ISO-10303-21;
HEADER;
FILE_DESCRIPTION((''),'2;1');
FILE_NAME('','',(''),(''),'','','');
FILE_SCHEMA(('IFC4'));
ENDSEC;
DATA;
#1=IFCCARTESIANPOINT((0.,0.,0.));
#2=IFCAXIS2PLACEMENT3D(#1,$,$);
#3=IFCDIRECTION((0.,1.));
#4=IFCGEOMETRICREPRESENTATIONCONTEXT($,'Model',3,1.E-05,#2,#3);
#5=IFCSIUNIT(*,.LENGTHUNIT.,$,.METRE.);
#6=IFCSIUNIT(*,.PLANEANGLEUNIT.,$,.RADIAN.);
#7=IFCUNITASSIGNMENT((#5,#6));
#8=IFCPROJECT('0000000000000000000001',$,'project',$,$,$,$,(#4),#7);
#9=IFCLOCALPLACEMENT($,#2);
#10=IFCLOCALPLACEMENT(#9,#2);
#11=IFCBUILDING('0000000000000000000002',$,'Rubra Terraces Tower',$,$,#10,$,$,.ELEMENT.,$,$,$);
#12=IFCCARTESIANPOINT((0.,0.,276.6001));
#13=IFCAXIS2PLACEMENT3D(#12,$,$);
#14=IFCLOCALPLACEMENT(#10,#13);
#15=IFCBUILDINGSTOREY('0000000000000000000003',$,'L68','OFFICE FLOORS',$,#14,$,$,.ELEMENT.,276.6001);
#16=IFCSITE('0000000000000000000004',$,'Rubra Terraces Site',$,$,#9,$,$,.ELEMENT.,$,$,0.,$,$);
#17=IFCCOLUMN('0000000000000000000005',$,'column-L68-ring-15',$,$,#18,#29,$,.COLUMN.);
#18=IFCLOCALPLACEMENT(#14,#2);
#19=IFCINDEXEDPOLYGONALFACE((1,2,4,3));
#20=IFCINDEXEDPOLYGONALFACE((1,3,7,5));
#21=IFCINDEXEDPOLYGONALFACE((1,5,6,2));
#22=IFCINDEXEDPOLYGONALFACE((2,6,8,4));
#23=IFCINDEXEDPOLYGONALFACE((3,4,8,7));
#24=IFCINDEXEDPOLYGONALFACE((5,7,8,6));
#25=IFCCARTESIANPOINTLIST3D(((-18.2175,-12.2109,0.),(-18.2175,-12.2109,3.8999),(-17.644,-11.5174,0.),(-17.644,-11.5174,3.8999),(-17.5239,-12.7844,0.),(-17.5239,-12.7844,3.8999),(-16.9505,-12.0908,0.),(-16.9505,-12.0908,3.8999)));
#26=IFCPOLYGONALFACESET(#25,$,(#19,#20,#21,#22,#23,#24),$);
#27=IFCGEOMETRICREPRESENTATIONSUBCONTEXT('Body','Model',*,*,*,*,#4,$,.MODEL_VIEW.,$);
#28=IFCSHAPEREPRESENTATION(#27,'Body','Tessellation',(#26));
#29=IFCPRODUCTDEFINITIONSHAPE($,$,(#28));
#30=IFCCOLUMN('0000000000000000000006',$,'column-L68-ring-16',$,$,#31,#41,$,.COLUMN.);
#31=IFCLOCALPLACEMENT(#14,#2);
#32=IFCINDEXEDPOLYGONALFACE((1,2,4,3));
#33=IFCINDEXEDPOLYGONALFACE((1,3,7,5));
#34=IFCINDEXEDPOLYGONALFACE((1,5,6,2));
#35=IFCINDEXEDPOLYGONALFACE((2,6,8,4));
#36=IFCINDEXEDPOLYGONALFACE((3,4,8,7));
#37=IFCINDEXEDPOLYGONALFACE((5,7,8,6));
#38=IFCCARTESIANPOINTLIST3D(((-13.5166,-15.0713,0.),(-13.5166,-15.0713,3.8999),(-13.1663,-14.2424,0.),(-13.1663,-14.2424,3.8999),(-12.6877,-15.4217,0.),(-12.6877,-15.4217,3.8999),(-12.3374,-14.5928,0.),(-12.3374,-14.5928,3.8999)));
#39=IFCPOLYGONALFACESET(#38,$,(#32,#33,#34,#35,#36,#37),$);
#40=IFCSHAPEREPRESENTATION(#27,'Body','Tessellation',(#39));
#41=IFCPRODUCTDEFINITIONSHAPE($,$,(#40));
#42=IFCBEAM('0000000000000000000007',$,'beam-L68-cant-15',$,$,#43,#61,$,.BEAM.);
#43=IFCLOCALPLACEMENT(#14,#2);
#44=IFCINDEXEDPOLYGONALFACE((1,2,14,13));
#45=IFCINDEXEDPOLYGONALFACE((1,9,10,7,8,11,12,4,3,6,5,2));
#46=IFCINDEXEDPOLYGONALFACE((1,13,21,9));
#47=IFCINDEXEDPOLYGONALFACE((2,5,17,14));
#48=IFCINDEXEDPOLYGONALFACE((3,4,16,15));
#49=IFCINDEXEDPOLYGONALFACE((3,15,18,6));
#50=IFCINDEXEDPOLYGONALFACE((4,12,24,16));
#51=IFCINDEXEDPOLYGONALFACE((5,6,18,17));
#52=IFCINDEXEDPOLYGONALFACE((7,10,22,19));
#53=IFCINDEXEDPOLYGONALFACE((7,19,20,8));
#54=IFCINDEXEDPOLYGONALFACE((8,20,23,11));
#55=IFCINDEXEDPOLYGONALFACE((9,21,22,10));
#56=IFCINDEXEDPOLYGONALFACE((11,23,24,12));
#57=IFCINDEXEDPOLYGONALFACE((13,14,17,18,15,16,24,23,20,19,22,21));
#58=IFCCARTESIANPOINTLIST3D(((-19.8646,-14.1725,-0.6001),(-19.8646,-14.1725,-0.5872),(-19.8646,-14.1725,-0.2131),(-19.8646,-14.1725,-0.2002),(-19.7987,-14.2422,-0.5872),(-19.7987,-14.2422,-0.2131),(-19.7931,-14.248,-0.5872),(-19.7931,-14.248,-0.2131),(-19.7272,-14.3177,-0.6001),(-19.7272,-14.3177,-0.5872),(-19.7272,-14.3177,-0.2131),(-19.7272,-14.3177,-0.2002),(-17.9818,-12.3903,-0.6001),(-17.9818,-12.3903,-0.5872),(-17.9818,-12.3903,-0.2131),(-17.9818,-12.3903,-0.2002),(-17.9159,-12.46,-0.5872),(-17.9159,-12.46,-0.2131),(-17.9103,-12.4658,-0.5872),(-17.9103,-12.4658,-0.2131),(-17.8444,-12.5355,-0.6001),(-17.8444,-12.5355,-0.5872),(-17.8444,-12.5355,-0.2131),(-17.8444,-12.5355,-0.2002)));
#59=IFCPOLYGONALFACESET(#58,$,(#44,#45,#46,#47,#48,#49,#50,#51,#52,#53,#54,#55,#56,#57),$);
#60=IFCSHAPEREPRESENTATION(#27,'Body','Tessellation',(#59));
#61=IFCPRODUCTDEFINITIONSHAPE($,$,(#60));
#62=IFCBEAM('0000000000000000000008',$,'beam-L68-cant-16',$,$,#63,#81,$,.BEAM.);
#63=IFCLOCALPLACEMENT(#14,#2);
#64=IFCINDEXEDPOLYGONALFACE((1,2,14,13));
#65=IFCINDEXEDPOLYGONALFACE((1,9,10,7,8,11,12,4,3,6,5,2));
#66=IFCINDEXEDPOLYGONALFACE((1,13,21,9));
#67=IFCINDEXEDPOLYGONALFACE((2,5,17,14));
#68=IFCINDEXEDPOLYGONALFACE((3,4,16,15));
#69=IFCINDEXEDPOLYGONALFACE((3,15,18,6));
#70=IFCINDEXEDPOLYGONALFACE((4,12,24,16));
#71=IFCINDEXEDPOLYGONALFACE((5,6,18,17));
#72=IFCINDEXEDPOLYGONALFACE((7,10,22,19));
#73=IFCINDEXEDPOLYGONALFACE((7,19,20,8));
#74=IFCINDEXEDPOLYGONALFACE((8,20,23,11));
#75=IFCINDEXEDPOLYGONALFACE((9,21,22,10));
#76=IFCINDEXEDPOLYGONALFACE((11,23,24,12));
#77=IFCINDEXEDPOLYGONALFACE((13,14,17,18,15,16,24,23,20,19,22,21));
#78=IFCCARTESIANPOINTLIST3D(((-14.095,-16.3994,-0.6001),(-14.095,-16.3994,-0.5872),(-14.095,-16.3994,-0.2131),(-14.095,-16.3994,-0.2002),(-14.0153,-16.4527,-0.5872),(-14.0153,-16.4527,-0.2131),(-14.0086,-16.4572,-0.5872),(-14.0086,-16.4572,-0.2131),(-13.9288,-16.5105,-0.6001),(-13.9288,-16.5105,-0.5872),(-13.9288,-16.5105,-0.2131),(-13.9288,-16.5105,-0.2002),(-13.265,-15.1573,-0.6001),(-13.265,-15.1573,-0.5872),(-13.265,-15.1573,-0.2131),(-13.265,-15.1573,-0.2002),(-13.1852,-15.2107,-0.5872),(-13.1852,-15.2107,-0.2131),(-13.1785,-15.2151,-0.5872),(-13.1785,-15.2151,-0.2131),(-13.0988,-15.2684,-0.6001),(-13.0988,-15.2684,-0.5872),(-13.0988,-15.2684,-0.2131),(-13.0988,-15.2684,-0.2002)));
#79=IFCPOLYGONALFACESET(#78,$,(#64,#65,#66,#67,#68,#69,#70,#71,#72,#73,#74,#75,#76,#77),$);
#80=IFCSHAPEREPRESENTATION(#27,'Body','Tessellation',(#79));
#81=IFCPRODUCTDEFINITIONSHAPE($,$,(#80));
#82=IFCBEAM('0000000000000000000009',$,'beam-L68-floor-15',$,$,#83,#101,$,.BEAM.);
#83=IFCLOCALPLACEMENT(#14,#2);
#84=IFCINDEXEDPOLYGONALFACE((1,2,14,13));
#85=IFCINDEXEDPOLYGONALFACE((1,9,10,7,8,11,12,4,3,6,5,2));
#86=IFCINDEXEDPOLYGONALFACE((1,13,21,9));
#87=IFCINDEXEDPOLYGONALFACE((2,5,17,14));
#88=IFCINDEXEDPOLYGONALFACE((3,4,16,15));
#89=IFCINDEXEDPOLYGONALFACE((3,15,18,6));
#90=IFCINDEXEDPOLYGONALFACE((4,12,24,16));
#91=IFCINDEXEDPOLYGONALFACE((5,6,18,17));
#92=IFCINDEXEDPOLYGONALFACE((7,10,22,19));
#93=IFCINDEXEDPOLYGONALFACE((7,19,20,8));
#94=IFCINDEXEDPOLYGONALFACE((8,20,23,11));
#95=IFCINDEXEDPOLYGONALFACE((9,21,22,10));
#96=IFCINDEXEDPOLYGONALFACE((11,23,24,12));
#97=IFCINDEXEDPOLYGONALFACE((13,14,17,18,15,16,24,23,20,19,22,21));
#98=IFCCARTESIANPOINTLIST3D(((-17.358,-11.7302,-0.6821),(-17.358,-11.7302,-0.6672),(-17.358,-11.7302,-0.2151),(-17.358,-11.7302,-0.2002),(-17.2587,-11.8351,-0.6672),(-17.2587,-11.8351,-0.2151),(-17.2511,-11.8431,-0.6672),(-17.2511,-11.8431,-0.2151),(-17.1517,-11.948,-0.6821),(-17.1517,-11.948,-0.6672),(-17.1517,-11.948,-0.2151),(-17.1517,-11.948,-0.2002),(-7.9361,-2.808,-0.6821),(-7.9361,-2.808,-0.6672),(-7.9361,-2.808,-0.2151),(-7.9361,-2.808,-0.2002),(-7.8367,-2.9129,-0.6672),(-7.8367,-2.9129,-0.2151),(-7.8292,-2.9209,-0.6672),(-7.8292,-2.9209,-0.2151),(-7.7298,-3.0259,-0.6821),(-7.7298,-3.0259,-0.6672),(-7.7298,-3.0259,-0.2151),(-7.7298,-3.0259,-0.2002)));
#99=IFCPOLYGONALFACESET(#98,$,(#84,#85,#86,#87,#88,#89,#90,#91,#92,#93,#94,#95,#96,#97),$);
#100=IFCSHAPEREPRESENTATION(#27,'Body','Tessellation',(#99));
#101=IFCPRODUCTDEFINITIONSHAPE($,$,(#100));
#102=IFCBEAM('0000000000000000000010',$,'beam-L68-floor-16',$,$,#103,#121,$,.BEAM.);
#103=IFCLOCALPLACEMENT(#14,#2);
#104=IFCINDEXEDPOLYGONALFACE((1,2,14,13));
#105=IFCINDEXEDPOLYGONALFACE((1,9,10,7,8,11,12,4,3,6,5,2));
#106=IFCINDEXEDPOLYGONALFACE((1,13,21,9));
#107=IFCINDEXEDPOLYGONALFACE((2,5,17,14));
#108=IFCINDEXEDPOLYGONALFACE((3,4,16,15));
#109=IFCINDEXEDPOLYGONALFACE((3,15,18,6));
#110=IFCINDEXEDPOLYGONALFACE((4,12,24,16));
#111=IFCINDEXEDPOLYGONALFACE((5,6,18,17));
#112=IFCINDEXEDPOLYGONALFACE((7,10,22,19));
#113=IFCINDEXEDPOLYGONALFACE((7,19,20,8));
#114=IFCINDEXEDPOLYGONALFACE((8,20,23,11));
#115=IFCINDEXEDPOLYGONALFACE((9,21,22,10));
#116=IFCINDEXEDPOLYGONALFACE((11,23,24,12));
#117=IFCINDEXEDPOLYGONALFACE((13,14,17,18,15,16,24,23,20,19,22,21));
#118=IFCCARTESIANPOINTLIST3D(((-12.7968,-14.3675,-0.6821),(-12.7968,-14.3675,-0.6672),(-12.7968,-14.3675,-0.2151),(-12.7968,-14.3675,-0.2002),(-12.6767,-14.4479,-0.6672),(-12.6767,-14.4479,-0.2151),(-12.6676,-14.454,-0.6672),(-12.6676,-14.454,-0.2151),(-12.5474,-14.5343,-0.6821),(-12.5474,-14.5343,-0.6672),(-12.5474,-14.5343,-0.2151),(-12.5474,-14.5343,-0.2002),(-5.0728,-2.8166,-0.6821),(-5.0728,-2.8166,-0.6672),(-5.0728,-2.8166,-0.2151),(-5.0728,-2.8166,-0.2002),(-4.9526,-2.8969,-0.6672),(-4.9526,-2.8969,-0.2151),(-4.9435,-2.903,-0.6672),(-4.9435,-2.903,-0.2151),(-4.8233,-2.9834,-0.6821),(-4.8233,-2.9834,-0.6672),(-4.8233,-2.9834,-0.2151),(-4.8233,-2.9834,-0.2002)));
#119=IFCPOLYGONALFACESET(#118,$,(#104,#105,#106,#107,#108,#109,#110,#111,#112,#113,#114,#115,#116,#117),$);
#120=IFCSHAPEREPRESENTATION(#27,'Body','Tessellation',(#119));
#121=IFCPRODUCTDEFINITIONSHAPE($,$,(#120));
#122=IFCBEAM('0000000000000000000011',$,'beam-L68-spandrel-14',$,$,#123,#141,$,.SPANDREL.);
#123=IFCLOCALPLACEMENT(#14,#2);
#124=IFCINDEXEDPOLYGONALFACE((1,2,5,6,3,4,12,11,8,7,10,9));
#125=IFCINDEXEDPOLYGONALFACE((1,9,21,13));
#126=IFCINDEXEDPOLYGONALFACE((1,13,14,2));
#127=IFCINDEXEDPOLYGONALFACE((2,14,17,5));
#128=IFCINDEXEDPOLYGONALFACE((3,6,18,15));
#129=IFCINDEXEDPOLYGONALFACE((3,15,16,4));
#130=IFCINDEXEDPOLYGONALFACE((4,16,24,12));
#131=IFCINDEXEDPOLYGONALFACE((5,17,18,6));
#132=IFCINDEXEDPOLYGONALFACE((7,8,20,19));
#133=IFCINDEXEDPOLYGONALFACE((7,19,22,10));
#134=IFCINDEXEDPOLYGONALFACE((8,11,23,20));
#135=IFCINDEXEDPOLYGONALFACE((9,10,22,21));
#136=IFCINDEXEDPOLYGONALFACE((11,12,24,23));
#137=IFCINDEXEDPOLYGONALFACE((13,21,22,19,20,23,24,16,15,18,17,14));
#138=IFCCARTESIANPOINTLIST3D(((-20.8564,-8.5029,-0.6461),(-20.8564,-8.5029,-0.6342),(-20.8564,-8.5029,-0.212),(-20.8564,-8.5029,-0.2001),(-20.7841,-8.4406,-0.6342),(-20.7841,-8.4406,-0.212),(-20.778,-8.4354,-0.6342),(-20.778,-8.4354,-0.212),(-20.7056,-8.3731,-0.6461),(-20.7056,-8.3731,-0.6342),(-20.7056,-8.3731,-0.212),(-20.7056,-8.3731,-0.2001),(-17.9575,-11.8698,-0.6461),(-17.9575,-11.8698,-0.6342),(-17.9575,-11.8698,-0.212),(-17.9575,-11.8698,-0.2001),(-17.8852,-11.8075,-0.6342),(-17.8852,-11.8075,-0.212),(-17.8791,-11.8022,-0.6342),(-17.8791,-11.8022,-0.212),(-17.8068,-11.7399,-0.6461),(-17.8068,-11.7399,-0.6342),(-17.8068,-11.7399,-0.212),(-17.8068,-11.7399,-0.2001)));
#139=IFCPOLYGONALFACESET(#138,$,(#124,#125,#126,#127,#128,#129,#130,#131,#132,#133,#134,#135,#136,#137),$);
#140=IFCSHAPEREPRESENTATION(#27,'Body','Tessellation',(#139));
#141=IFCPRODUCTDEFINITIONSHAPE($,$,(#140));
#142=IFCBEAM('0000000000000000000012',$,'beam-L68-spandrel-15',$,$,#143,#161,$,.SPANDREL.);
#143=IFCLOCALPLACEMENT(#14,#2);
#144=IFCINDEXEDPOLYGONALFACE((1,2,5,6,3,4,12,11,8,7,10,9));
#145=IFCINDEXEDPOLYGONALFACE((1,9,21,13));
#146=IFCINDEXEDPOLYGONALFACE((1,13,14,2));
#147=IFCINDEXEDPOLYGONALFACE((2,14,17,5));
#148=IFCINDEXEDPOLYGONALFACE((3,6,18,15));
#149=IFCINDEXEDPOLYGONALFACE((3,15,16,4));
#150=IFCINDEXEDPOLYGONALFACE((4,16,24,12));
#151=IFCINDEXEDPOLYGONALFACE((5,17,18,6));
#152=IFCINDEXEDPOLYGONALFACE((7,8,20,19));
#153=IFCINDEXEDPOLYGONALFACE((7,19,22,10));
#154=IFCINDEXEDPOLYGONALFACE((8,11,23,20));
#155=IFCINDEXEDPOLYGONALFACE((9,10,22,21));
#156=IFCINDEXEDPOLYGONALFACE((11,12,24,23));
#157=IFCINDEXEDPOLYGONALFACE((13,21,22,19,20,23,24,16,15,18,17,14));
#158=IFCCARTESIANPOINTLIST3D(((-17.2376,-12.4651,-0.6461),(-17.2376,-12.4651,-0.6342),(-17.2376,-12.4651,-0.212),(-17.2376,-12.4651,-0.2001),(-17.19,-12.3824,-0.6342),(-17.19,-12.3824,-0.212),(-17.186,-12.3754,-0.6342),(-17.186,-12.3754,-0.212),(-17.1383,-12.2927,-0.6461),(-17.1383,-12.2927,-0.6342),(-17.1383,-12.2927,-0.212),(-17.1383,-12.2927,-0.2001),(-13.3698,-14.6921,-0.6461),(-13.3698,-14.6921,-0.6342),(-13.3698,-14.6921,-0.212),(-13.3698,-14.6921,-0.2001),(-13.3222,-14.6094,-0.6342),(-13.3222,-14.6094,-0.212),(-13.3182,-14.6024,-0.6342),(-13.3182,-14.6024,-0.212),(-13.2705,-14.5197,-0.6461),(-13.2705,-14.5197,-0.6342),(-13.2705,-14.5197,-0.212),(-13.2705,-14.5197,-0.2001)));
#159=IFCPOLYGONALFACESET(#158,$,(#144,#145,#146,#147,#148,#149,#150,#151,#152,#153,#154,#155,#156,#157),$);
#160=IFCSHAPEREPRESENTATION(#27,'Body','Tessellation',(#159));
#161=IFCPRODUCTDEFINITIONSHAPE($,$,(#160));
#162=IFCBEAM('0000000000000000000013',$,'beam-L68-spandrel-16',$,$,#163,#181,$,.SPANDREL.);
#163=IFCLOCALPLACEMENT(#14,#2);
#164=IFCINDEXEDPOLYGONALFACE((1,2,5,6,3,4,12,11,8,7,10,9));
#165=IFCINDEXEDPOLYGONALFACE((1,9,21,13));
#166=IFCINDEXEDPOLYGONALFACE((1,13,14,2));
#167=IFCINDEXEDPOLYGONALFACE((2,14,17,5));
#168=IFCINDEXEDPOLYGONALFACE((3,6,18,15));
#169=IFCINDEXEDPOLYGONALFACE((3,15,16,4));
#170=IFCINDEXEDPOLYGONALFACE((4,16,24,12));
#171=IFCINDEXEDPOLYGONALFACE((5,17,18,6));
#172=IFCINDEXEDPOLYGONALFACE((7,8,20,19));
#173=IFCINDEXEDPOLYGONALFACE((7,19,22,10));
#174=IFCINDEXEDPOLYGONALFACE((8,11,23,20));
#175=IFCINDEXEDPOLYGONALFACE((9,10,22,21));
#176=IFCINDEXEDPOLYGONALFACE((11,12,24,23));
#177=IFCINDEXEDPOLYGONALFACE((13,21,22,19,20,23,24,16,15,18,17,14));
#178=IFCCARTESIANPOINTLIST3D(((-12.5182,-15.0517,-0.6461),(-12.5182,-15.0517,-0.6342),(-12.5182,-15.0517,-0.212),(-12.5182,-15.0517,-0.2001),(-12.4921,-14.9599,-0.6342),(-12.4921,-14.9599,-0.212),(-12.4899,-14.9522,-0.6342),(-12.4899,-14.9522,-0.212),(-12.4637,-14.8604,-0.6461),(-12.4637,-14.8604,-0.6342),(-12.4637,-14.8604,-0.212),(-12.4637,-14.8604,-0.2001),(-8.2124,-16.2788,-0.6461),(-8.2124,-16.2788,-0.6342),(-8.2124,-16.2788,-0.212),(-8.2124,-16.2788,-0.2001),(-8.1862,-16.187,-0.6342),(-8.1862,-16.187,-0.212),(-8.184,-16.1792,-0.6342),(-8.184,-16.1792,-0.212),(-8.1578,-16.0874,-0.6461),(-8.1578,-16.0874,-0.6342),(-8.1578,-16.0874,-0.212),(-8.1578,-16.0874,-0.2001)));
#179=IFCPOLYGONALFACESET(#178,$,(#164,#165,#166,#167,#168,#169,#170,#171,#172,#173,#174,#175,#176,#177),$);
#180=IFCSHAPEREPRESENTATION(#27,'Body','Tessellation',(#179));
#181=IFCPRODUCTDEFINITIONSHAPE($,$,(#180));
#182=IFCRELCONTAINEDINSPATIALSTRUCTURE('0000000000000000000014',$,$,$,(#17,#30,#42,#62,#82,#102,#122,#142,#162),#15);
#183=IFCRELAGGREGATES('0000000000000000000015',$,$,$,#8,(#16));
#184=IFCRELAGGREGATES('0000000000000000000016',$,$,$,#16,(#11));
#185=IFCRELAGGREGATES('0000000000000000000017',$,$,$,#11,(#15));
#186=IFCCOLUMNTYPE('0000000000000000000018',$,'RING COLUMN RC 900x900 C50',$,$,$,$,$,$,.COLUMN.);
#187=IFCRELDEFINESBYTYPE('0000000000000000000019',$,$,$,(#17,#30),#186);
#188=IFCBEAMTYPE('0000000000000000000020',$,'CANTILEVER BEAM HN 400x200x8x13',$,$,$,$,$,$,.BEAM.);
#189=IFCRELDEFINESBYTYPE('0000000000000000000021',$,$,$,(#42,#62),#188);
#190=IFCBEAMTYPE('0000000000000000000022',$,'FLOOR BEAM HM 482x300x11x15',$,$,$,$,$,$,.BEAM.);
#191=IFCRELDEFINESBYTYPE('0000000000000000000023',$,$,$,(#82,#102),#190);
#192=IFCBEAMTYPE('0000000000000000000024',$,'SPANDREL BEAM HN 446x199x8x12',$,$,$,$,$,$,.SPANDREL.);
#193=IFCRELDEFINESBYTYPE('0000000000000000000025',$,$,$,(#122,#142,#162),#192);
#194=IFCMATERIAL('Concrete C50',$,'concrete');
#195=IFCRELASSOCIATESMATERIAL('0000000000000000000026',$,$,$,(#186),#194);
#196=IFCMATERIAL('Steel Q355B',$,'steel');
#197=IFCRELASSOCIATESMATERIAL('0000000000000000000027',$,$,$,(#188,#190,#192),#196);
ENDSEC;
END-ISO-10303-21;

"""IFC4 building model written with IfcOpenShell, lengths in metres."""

from ifc_helpers import new_model, si_unit, direction, frame, origin, origin_2d, place, context, subcontext, project, spatial, rectangle, i_section, extrude, material, material_profile, profile_set, type_object, element, save


model = new_model("IFC4")

# Units and contexts
model_context = context("Model", 3, precision=1e-05, world=origin(), true_north=direction((0.0, 1.0)))
body_context = subcontext(model_context, "Body", "Model", "MODEL_VIEW")
ifc_project = project(units=[si_unit("LENGTHUNIT", "METRE"), si_unit("PLANEANGLEUNIT", "RADIAN")], contexts=[model_context])

# Site, building, storey
site_placement = place(None, origin())
site = spatial("IfcSite", under=ifc_project, at=site_placement, Name="Rubra Terraces Site", CompositionType="ELEMENT", RefElevation=0.0)
building_placement = place(site_placement, origin())
building = spatial("IfcBuilding", under=site, at=building_placement, Name="Rubra Terraces Tower", CompositionType="ELEMENT")
storey_placement = place(building_placement, frame((0.0, 0.0, 276.6001)))
storey = spatial("IfcBuildingStorey", under=building, at=storey_placement, Name="L68", Description="OFFICE FLOORS", CompositionType="ELEMENT", Elevation=276.6001)

# Columns
ifc_material_1 = material(Name="Concrete C50", Category="concrete")
ifc_material_profile_1 = material_profile(ifc_material_1, rectangle(XDim=0.8999, YDim=0.8999, at=origin_2d()), Name="RC 900x900")
ifc_profile_set_1 = profile_set([ifc_material_profile_1], Name="Concrete C50")
column_type = type_object("IfcColumnType", Name="RING COLUMN RC 900x900 C50", PredefinedType="COLUMN", material=ifc_profile_set_1)
for number, where, z_axis, x_axis, name in (
    (1, (-17.584, -12.1509, 0.0), (0.0, 0.0, 1.0), (0.770679, -0.637223, 0.0), "column-L68-ring-15"),
    (2, (-12.927, -14.832, 0.0), (0.0, 0.0, 1.0), (0.921106, -0.389313, 0.0), "column-L68-ring-16"),
):
    element("IfcColumn", number, at=place(storey_placement, frame(where, z_axis=z_axis, x_axis=x_axis)), inside=storey, type_object=column_type, Name=name, PredefinedType="COLUMN", context=body_context, shape_type="SweptSolid", body=[
        extrude(rectangle(XDim=0.8999, YDim=0.8999, at=origin_2d()), origin(), (0.0, 0.0, 1.0), 3.8999),
    ])

# Beams
ifc_material_2 = material(Name="Steel Q355B", Category="steel")
ifc_material_profile_2 = material_profile(ifc_material_2, i_section(OverallWidth=0.2, OverallDepth=0.3999, WebThickness=0.0081, FlangeThickness=0.0129, at=origin_2d()), Name="HN 400x200x8x13")
ifc_profile_set_2 = profile_set([ifc_material_profile_2], Name="Steel Q355B")
beam_type_1 = type_object("IfcBeamType", Name="CANTILEVER BEAM HN 400x200x8x13", PredefinedType="BEAM", material=ifc_profile_set_2)
beam_1_placement = place(storey_placement, frame((-17.9131, -12.4629, -0.4001), z_axis=(-0.72624, -0.687442, 0.0), x_axis=(0.687442, -0.72624, 0.0)))
element("IfcBeam", 3, at=beam_1_placement, inside=storey, type_object=beam_type_1, Name="beam-L68-cant-15", PredefinedType="BEAM", context=body_context, shape_type="SweptSolid", body=[
    extrude(i_section(OverallWidth=0.2, OverallDepth=0.3999, WebThickness=0.0081, FlangeThickness=0.0129, at=origin_2d()), origin(), (0.0, 0.0, 1.0), 2.5925),
])
beam_2_placement = place(storey_placement, frame((-13.1819, -15.2129, -0.4001), z_axis=(-0.555605, -0.831446, 0.0), x_axis=(0.831446, -0.555605, 0.0)))
element("IfcBeam", 4, at=beam_2_placement, inside=storey, type_object=beam_type_1, Name="beam-L68-cant-16", PredefinedType="BEAM", context=body_context, shape_type="SweptSolid", body=[
    extrude(i_section(OverallWidth=0.2, OverallDepth=0.3999, WebThickness=0.0081, FlangeThickness=0.0129, at=origin_2d()), origin(), (0.0, 0.0, 1.0), 1.4939),
])
ifc_material_profile_3 = material_profile(ifc_material_2, i_section(OverallWidth=0.3, OverallDepth=0.4819, WebThickness=0.011, FlangeThickness=0.0149, at=origin_2d()), Name="HM 482x300x11x15")
ifc_profile_set_3 = profile_set([ifc_material_profile_3], Name="Steel Q355B")
beam_type_2 = type_object("IfcBeamType", Name="FLOOR BEAM HM 482x300x11x15", PredefinedType="BEAM", material=ifc_profile_set_3)
beam_3_placement = place(storey_placement, frame((-17.2549, -11.8391, -0.4412), z_axis=(0.726101, 0.687588, 0.0), x_axis=(-0.687588, 0.726101, 0.0)))
element("IfcBeam", 5, at=beam_3_placement, inside=storey, type_object=beam_type_2, Name="beam-L68-floor-15", PredefinedType="BEAM", context=body_context, shape_type="SweptSolid", body=[
    extrude(i_section(OverallWidth=0.3, OverallDepth=0.4819, WebThickness=0.011, FlangeThickness=0.0149, at=origin_2d()), origin(), (0.0, 0.0, 1.0), 12.9761),
])
beam_4_placement = place(storey_placement, frame((-12.6721, -14.4509, -0.4412), z_axis=(0.555867, 0.831271, 0.0), x_axis=(-0.831271, 0.555867, 0.0)))
element("IfcBeam", 6, at=beam_4_placement, inside=storey, type_object=beam_type_2, Name="beam-L68-floor-16", PredefinedType="BEAM", context=body_context, shape_type="SweptSolid", body=[
    extrude(i_section(OverallWidth=0.3, OverallDepth=0.4819, WebThickness=0.011, FlangeThickness=0.0149, at=origin_2d()), origin(), (0.0, 0.0, 1.0), 13.8955),
])
ifc_material_profile_4 = material_profile(ifc_material_2, i_section(OverallWidth=0.199, OverallDepth=0.446, WebThickness=0.0081, FlangeThickness=0.012, at=origin_2d()), Name="HN 446x199x8x12")
ifc_profile_set_4 = profile_set([ifc_material_profile_4], Name="Steel Q355B")
beam_type_3 = type_object("IfcBeamType", Name="SPANDREL BEAM HN 446x199x8x12", PredefinedType="SPANDREL", material=ifc_profile_set_4)
beam_5_placement = place(storey_placement, frame((-20.781, -8.438, -0.4231), z_axis=(0.652473, -0.757812, 0.0), x_axis=(0.757812, 0.652473, 0.0)))
element("IfcBeam", 7, at=beam_5_placement, inside=storey, type_object=beam_type_3, Name="beam-L68-spandrel-14", PredefinedType="SPANDREL", context=body_context, shape_type="SweptSolid", body=[
    extrude(i_section(OverallWidth=0.199, OverallDepth=0.446, WebThickness=0.0081, FlangeThickness=0.012, at=origin_2d()), origin(), (0.0, 0.0, 1.0), 4.4429),
])
beam_6_placement = place(storey_placement, frame((-17.188, -12.3789, -0.4231), z_axis=(0.866616, -0.498976, 0.0), x_axis=(0.498976, 0.866616, 0.0)))
element("IfcBeam", 8, at=beam_6_placement, inside=storey, type_object=beam_type_3, Name="beam-L68-spandrel-15", PredefinedType="SPANDREL", context=body_context, shape_type="SweptSolid", body=[
    extrude(i_section(OverallWidth=0.199, OverallDepth=0.446, WebThickness=0.0081, FlangeThickness=0.012, at=origin_2d()), origin(), (0.0, 0.0, 1.0), 4.4631),
])
beam_7_placement = place(storey_placement, frame((-12.491, -14.9561, -0.4231), z_axis=(0.961713, -0.274058, 0.0), x_axis=(0.274058, 0.961713, 0.0)))
element("IfcBeam", 9, at=beam_7_placement, inside=storey, type_object=beam_type_3, Name="beam-L68-spandrel-16", PredefinedType="SPANDREL", context=body_context, shape_type="SweptSolid", body=[
    extrude(i_section(OverallWidth=0.199, OverallDepth=0.446, WebThickness=0.0081, FlangeThickness=0.012, at=origin_2d()), origin(), (0.0, 0.0, 1.0), 4.4773),
])

save(model, "model.ifc")
